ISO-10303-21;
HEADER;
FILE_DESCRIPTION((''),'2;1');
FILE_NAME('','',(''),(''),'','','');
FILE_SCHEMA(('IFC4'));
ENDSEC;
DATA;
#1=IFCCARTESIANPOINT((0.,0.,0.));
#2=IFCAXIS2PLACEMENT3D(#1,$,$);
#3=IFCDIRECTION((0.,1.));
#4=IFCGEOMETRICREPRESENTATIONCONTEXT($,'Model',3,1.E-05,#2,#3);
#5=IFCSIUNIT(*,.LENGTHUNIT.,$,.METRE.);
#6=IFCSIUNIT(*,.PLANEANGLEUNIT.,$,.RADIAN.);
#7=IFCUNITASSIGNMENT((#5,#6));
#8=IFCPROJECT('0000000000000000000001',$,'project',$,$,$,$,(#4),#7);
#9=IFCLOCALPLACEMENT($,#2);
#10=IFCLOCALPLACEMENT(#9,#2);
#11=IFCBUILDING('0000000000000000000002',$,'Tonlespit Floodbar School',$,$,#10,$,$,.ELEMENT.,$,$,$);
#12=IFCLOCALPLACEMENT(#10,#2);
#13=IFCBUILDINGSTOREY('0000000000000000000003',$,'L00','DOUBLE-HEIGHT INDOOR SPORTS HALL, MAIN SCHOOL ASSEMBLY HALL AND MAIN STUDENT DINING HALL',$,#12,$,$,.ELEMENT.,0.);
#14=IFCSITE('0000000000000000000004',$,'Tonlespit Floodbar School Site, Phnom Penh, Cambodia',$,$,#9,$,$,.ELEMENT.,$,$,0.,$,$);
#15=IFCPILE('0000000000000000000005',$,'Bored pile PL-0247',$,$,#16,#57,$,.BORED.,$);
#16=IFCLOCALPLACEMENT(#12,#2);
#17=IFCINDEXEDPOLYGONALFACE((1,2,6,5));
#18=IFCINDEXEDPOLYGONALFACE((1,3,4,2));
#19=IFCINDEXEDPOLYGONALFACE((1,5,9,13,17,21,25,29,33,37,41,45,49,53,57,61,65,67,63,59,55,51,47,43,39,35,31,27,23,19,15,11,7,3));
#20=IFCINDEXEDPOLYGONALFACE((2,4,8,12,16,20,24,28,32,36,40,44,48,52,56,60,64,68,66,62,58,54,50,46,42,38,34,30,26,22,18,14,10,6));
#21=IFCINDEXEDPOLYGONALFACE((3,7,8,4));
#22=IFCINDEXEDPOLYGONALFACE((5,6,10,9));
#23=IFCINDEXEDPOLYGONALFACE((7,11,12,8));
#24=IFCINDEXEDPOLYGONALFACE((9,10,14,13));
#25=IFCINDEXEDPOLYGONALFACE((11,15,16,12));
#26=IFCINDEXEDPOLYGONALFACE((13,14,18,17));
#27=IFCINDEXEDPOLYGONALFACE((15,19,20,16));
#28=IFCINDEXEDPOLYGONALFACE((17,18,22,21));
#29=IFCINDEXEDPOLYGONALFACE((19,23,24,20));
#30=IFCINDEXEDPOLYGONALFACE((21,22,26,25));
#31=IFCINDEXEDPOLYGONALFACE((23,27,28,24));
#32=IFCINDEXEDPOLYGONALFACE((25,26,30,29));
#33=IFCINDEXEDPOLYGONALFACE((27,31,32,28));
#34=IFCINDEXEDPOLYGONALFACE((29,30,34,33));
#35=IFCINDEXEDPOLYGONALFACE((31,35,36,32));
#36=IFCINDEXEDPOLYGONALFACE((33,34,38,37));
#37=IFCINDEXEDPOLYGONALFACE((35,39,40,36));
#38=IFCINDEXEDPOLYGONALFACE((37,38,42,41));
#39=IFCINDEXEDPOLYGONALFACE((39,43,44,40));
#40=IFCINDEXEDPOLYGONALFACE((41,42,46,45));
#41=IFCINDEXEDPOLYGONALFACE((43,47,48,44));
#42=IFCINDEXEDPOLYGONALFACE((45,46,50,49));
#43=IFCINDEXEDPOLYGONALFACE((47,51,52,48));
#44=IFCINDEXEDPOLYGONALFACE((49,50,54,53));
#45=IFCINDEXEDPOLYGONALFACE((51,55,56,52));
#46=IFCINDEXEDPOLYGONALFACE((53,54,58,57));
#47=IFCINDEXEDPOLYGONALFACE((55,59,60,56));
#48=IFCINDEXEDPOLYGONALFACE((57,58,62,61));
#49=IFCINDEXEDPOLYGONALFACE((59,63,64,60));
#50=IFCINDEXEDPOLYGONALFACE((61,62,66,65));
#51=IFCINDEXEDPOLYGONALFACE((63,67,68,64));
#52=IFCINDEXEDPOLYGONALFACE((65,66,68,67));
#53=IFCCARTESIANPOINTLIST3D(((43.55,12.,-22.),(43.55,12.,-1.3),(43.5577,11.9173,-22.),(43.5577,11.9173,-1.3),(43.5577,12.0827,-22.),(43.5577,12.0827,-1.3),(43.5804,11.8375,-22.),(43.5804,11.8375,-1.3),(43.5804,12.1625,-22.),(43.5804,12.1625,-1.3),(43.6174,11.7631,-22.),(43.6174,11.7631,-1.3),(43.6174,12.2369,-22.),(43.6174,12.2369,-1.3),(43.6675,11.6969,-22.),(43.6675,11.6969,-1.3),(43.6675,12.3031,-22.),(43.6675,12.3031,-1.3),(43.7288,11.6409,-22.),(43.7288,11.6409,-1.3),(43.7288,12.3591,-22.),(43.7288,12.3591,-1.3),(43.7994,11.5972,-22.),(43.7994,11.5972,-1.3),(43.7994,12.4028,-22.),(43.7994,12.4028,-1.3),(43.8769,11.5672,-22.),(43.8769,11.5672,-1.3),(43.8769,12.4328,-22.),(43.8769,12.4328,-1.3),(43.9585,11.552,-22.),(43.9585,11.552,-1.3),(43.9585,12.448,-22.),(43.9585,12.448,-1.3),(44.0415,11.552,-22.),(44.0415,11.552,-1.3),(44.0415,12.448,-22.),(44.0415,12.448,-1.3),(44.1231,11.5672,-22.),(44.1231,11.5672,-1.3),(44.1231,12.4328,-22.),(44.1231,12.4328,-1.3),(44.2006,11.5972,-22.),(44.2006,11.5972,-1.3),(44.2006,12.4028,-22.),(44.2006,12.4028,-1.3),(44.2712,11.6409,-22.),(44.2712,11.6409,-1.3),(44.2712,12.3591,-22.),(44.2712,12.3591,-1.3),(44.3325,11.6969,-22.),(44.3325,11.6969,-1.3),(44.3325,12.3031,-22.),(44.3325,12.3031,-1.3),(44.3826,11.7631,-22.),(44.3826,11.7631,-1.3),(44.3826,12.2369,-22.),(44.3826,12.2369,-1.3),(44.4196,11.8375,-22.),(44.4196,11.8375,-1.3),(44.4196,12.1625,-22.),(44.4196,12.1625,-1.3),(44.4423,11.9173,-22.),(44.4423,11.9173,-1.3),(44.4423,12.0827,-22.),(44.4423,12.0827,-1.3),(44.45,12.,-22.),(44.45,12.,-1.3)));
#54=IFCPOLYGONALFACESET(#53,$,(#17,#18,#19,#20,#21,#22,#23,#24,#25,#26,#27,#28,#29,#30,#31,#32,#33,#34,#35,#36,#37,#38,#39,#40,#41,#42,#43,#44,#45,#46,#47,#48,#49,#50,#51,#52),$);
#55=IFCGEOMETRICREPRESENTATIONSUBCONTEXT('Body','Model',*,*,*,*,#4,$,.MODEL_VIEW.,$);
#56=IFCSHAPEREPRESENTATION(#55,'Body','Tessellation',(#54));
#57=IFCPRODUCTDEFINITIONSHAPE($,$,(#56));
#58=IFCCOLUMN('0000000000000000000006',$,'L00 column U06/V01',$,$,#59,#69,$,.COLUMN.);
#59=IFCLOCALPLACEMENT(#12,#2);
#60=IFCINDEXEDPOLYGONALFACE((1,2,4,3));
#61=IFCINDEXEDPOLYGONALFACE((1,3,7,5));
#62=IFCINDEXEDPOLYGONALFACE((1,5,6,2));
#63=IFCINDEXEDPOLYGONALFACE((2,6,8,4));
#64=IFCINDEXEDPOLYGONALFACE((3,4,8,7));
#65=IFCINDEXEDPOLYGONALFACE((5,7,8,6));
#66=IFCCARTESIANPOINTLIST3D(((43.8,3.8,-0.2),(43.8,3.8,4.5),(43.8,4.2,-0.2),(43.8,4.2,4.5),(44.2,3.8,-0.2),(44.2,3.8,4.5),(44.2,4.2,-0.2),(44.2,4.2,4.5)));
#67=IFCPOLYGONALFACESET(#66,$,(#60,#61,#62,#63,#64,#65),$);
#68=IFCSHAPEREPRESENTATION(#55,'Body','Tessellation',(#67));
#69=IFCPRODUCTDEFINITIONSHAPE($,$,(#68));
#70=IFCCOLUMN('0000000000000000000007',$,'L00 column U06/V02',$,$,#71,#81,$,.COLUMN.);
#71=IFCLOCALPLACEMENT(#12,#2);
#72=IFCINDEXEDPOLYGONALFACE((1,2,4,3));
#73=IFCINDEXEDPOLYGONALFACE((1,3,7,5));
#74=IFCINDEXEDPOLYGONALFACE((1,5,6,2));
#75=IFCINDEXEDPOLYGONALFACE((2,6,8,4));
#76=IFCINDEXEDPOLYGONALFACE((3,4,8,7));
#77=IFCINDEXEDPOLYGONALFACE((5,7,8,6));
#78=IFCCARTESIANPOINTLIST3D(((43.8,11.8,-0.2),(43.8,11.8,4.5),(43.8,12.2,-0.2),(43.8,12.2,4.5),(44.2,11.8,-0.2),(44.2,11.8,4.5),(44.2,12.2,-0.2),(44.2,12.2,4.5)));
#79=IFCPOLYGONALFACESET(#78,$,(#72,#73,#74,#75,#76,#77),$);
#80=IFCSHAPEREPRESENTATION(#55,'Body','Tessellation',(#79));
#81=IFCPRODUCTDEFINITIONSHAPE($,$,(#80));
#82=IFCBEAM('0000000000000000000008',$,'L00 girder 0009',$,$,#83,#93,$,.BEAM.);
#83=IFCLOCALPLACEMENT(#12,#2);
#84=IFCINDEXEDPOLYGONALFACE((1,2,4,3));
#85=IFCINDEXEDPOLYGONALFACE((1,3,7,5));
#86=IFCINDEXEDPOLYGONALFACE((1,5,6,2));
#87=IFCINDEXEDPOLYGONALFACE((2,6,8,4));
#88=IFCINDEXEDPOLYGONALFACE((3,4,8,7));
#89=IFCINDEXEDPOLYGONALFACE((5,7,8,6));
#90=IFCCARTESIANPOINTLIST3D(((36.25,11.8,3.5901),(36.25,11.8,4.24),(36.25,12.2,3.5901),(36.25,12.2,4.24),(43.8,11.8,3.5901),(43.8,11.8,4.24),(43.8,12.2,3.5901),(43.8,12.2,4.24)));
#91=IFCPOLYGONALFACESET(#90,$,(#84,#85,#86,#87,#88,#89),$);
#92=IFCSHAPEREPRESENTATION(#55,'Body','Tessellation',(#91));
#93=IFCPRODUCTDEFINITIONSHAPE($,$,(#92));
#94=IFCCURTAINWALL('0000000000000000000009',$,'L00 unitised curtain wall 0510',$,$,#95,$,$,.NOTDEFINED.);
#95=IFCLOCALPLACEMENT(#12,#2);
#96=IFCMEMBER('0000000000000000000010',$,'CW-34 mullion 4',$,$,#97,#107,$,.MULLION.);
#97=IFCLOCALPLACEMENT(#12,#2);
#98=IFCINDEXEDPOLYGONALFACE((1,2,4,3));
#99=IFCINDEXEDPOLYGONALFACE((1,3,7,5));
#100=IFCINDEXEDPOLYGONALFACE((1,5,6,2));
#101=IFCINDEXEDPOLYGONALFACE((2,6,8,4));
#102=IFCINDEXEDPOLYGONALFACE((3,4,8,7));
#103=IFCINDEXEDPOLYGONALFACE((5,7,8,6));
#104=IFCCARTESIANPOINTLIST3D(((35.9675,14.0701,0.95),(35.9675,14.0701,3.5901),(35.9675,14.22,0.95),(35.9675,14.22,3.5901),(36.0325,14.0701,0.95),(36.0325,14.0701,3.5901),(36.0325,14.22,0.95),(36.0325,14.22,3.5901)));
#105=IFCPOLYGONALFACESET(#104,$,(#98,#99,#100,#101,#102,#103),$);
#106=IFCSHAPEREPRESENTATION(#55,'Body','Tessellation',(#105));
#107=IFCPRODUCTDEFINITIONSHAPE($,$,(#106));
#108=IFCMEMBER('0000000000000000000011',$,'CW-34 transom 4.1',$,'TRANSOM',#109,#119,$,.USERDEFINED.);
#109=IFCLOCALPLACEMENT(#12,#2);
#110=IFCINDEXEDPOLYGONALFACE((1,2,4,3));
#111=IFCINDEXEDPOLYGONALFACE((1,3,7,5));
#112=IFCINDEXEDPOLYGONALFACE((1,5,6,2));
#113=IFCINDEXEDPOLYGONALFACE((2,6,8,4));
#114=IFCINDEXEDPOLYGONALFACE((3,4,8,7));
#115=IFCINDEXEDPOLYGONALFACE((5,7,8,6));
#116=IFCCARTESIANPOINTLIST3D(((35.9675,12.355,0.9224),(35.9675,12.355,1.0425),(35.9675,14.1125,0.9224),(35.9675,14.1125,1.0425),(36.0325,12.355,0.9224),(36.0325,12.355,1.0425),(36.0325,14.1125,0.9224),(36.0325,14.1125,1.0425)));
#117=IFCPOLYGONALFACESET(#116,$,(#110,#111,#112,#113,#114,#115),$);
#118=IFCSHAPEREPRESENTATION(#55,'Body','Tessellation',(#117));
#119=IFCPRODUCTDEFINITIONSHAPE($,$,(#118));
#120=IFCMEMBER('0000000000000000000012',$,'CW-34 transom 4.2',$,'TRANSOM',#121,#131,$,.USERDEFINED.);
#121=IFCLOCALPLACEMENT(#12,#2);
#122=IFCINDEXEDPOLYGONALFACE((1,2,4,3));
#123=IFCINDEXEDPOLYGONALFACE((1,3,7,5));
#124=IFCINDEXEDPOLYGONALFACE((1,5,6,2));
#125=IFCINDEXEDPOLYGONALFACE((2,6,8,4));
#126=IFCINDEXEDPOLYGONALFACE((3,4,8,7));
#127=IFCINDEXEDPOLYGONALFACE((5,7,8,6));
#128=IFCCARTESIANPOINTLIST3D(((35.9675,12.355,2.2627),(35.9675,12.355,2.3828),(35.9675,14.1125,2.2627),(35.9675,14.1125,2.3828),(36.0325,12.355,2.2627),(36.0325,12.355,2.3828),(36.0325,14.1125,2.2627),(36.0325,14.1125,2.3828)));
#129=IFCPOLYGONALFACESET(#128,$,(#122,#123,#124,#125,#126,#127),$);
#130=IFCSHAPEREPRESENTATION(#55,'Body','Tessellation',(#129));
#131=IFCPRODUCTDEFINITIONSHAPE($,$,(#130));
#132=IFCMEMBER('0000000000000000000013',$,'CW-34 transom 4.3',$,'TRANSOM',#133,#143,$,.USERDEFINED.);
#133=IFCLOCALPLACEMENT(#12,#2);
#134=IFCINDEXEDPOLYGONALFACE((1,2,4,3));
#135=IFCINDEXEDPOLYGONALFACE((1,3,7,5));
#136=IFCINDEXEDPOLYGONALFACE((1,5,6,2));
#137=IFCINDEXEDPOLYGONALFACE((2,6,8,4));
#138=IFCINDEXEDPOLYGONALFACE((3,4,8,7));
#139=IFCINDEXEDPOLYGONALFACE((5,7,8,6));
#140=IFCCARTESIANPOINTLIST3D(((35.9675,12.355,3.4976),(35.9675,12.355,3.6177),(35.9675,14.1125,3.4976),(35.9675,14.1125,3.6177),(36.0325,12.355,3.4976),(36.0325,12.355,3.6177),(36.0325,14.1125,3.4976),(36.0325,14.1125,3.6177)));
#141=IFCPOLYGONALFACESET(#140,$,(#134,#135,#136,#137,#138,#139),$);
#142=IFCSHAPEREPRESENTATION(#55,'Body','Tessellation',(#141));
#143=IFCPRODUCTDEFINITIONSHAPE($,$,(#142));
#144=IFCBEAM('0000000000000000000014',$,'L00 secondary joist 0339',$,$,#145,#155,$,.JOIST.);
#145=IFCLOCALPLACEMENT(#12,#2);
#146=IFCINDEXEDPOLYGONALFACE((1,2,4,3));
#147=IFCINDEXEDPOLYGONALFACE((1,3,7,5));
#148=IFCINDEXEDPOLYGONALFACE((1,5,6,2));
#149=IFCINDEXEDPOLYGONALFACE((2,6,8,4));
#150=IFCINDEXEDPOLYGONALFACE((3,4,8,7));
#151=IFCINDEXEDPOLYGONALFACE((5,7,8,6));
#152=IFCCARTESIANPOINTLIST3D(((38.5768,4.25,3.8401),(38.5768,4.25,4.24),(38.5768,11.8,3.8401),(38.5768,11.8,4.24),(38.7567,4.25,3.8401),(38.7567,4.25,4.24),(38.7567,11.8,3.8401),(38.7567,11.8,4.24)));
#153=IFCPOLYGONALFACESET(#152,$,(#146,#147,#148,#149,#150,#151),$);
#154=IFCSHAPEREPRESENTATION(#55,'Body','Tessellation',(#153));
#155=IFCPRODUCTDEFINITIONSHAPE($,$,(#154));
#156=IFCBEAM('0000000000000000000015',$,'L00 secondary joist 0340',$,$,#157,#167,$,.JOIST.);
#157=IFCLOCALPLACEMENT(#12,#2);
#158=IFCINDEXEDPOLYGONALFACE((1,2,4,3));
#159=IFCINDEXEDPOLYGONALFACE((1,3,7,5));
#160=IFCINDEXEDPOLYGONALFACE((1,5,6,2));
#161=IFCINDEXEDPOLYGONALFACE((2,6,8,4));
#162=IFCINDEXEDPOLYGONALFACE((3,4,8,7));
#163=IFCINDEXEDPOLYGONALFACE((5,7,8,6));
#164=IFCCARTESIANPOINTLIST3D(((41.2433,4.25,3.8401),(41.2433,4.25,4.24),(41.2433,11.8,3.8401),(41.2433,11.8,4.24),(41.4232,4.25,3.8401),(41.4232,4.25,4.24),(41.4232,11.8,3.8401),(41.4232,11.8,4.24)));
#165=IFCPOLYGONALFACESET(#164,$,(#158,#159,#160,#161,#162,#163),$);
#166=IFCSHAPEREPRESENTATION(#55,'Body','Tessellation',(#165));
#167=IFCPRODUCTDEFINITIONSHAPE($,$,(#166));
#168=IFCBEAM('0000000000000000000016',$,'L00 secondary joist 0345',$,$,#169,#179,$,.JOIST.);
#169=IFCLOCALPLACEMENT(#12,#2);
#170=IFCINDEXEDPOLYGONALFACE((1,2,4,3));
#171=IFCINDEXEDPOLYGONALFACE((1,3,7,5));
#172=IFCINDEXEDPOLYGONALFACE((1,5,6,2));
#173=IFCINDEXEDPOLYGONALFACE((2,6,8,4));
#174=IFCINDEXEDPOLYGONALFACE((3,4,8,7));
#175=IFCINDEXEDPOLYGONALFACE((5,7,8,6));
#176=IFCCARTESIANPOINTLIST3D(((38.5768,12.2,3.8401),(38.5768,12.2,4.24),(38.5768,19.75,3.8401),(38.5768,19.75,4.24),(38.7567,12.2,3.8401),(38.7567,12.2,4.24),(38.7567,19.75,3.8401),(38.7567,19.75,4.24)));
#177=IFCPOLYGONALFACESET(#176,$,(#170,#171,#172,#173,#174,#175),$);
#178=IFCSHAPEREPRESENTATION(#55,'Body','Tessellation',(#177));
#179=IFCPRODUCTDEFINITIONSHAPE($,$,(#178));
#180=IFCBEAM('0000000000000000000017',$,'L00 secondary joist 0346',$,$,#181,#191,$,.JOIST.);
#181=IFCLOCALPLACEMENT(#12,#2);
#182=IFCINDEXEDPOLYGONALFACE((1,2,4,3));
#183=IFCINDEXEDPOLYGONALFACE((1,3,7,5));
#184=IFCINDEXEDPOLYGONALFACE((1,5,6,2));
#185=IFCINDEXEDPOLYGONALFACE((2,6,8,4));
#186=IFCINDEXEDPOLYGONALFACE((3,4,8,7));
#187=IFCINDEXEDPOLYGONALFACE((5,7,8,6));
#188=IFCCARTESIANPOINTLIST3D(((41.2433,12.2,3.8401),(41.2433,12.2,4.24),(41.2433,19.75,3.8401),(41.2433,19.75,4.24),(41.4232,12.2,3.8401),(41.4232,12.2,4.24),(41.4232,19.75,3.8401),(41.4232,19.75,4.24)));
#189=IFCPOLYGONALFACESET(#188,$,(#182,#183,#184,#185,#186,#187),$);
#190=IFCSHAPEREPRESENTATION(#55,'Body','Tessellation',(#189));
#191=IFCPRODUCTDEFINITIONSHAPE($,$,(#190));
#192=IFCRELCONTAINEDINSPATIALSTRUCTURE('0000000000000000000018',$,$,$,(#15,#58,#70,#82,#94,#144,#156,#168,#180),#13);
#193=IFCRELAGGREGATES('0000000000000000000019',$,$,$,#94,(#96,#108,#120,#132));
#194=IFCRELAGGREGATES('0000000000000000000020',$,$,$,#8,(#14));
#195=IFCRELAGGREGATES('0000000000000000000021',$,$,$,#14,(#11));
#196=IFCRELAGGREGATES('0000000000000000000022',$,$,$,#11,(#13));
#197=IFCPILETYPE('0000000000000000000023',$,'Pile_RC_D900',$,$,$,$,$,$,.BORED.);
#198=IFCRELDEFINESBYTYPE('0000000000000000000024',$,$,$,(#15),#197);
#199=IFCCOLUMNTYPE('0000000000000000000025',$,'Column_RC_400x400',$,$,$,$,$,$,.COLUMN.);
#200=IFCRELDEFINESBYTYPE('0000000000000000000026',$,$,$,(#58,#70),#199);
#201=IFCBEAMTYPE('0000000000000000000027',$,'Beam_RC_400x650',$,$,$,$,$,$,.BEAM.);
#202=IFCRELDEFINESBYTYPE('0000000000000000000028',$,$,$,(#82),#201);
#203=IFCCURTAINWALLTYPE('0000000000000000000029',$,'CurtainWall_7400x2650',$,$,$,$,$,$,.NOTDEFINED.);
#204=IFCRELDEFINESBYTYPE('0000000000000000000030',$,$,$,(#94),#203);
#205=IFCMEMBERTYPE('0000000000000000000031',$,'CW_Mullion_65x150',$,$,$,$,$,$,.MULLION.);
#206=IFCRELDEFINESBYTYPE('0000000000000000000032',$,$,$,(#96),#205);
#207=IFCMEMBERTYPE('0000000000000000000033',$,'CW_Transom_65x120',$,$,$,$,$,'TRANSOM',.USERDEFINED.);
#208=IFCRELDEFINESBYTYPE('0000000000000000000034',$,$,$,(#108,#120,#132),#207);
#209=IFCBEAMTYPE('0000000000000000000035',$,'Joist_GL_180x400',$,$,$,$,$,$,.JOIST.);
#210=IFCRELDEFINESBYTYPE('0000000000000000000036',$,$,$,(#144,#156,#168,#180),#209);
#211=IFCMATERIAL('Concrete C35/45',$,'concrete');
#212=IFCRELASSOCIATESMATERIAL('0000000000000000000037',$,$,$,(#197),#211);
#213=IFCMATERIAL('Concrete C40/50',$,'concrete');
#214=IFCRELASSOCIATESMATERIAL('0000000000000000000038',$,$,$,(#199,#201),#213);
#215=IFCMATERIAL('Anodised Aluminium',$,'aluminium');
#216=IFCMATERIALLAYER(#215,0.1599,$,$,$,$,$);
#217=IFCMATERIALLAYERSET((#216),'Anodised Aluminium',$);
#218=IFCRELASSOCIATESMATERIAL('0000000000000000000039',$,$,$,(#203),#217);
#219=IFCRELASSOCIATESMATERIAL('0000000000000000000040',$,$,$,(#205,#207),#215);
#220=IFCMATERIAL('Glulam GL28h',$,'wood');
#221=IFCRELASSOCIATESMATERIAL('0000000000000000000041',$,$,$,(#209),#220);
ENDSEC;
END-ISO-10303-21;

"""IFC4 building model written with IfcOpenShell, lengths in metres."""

from ifc_helpers import new_model, si_unit, direction, frame, origin, origin_2d, place, context, subcontext, project, spatial, rectangle, circle, extrude, material, layer, layer_set, material_profile, profile_set, type_object, element, aggregate, save


model = new_model("IFC4")

# Units and contexts
model_context = context("Model", 3, precision=1e-05, world=origin(), true_north=direction((0.0, 1.0)))
body_context = subcontext(model_context, "Body", "Model", "MODEL_VIEW")
ifc_project = project(units=[si_unit("LENGTHUNIT", "METRE"), si_unit("PLANEANGLEUNIT", "RADIAN")], contexts=[model_context])

# Site, building, storey
site_placement = place(None, origin())
site = spatial("IfcSite", under=ifc_project, at=site_placement, Name="Tonlespit Floodbar School Site, Phnom Penh, Cambodia", CompositionType="ELEMENT", RefElevation=0.0)
building_placement = place(site_placement, origin())
building = spatial("IfcBuilding", under=site, at=building_placement, Name="Tonlespit Floodbar School", CompositionType="ELEMENT")
storey_placement = place(building_placement, origin())
storey = spatial("IfcBuildingStorey", under=building, at=storey_placement, Name="L00", Description="DOUBLE-HEIGHT INDOOR SPORTS HALL, MAIN SCHOOL ASSEMBLY HALL AND MAIN STUDENT DINING HALL", CompositionType="ELEMENT", Elevation=0.0)

# Shared definitions
ifc_material_1 = material(Name="Concrete C40/50", Category="concrete")

# Pile
ifc_material_2 = material(Name="Concrete C35/45", Category="concrete")
ifc_material_profile_1 = material_profile(ifc_material_2, circle(Radius=0.45, at=origin_2d()), Name="BP D900")
ifc_profile_set_1 = profile_set([ifc_material_profile_1], Name="Concrete C35/45")
pile_type = type_object("IfcPileType", Name="Pile_RC_D900", PredefinedType="BORED", material=ifc_profile_set_1)
for number, where, z_axis, x_axis, name in (
    (1, (44.0, 12.0, -1.3), (0.0, 0.0, -1.0), (1.0, 0.0, 0.0), "Bored pile PL-0247"),
):
    element("IfcPile", number, at=place(storey_placement, frame(where, z_axis=z_axis, x_axis=x_axis)), inside=storey, type_object=pile_type, Name=name, PredefinedType="BORED", context=body_context, shape_type="SweptSolid", body=[
        extrude(circle(Radius=0.45, at=origin_2d()), origin(), (0.0, 0.0, 1.0), 20.7),
    ])

# Columns
ifc_material_profile_2 = material_profile(ifc_material_1, rectangle(XDim=0.3999, YDim=0.3999, at=origin_2d()), Name="RC 400x400")
ifc_profile_set_2 = profile_set([ifc_material_profile_2], Name="Concrete C40/50")
column_type = type_object("IfcColumnType", Name="Column_RC_400x400", PredefinedType="COLUMN", material=ifc_profile_set_2)
for number, where, z_axis, x_axis, name in (
    (2, (44.0, 4.0, -0.2), (0.0, 0.0, 1.0), (1.0, 0.0, 0.0), "L00 column U06/V01"),
    (3, (44.0, 12.0, -0.2), (0.0, 0.0, 1.0), (1.0, 0.0, 0.0), "L00 column U06/V02"),
):
    element("IfcColumn", number, at=place(storey_placement, frame(where, z_axis=z_axis, x_axis=x_axis)), inside=storey, type_object=column_type, Name=name, PredefinedType="COLUMN", context=body_context, shape_type="SweptSolid", body=[
        extrude(rectangle(XDim=0.3999, YDim=0.3999, at=origin_2d()), origin(), (0.0, 0.0, 1.0), 4.7),
    ])

# Beam
ifc_material_profile_3 = material_profile(ifc_material_1, rectangle(XDim=0.3999, YDim=0.6499, at=origin_2d()), Name="RC 400x650")
ifc_profile_set_3 = profile_set([ifc_material_profile_3], Name="Concrete C40/50")
beam_type_1 = type_object("IfcBeamType", Name="Beam_RC_400x650", PredefinedType="BEAM", material=ifc_profile_set_3)
beam_1_placement = place(storey_placement, frame((36.25, 12.0, 3.915), z_axis=(1.0, 0.0, 0.0), x_axis=(0.0, 1.0, 0.0)))
element("IfcBeam", 4, at=beam_1_placement, inside=storey, type_object=beam_type_1, Name="L00 girder 0009", PredefinedType="BEAM", context=body_context, shape_type="SweptSolid", body=[
    extrude(rectangle(XDim=0.3999, YDim=0.6499, at=origin_2d()), origin(), (0.0, 0.0, 1.0), 7.55),
])

# Curtain wall, members
ifc_material_3 = material(Name="Anodised Aluminium", Category="aluminium")
ifc_layer_1 = layer(ifc_material_3, 0.1599)
ifc_layer_set_1 = layer_set([ifc_layer_1], Name="Anodised Aluminium")
curtain_wall_type = type_object("IfcCurtainWallType", Name="CurtainWall_7400x2650", PredefinedType="NOTDEFINED", material=ifc_layer_set_1)
curtain_wall_placement = place(storey_placement, origin())
curtain_wall = element("IfcCurtainWall", 5, at=curtain_wall_placement, inside=storey, type_object=curtain_wall_type, Name="L00 unitised curtain wall 0510", PredefinedType="NOTDEFINED")
ifc_material_profile_4 = material_profile(ifc_material_3, rectangle(XDim=0.0649, YDim=0.1499, at=origin_2d()), Name="ALU M65x150")
ifc_profile_set_4 = profile_set([ifc_material_profile_4], Name="Anodised Aluminium")
member_type_1 = type_object("IfcMemberType", Name="CW_Mullion_65x150", PredefinedType="MULLION", material=ifc_profile_set_4)
member_1_placement = place(storey_placement, frame((36.0, 14.145, 0.95), z_axis=(0.0, 0.0, 1.0), x_axis=(1.0, 0.0, 0.0)))
member_1 = element("IfcMember", 6, at=member_1_placement, type_object=member_type_1, Name="CW-34 mullion 4", PredefinedType="MULLION", context=body_context, shape_type="SweptSolid", body=[
    extrude(rectangle(XDim=0.0649, YDim=0.1499, at=origin_2d()), origin(), (0.0, 0.0, 1.0), 2.6401),
])
ifc_material_profile_5 = material_profile(ifc_material_3, rectangle(XDim=0.0649, YDim=0.1201, at=origin_2d()), Name="ALU T65x120")
ifc_profile_set_5 = profile_set([ifc_material_profile_5], Name="Anodised Aluminium")
member_type_2 = type_object("IfcMemberType", Name="CW_Transom_65x120", ElementType="TRANSOM", PredefinedType="USERDEFINED", material=ifc_profile_set_5)
member_2_placement = place(storey_placement, frame((36.0, 14.1125, 0.9824), z_axis=(0.0, -1.0, 0.0), x_axis=(1.0, 0.0, 0.0)))
member_2 = element("IfcMember", 7, at=member_2_placement, type_object=member_type_2, Name="CW-34 transom 4.1", ObjectType="TRANSOM", PredefinedType="USERDEFINED", context=body_context, shape_type="SweptSolid", body=[
    extrude(rectangle(XDim=0.0649, YDim=0.1201, at=origin_2d()), origin(), (0.0, 0.0, 1.0), 1.7576),
])
member_3_placement = place(storey_placement, frame((36.0, 14.1125, 2.3228), z_axis=(0.0, -1.0, 0.0), x_axis=(1.0, 0.0, 0.0)))
member_3 = element("IfcMember", 8, at=member_3_placement, type_object=member_type_2, Name="CW-34 transom 4.2", ObjectType="TRANSOM", PredefinedType="USERDEFINED", context=body_context, shape_type="SweptSolid", body=[
    extrude(rectangle(XDim=0.0649, YDim=0.1201, at=origin_2d()), origin(), (0.0, 0.0, 1.0), 1.7576),
])
member_4_placement = place(storey_placement, frame((36.0, 14.1125, 3.5576), z_axis=(0.0, -1.0, 0.0), x_axis=(1.0, 0.0, 0.0)))
member_4 = element("IfcMember", 9, at=member_4_placement, type_object=member_type_2, Name="CW-34 transom 4.3", ObjectType="TRANSOM", PredefinedType="USERDEFINED", context=body_context, shape_type="SweptSolid", body=[
    extrude(rectangle(XDim=0.0649, YDim=0.1201, at=origin_2d()), origin(), (0.0, 0.0, 1.0), 1.7576),
])

# Beams
ifc_material_4 = material(Name="Glulam GL28h", Category="wood")
ifc_material_profile_6 = material_profile(ifc_material_4, rectangle(XDim=0.1799, YDim=0.3999, at=origin_2d()), Name="GL 180x400")
ifc_profile_set_6 = profile_set([ifc_material_profile_6], Name="Glulam GL28h")
beam_type_2 = type_object("IfcBeamType", Name="Joist_GL_180x400", PredefinedType="JOIST", material=ifc_profile_set_6)
for number, where, z_axis, x_axis, name in (
    (10, (38.6667, 4.25, 4.04), (0.0, 1.0, 0.0), (-1.0, 0.0, 0.0), "L00 secondary joist 0339"),
    (11, (41.3333, 4.25, 4.04), (0.0, 1.0, 0.0), (-1.0, 0.0, 0.0), "L00 secondary joist 0340"),
    (12, (38.6667, 12.2, 4.04), (0.0, 1.0, 0.0), (-1.0, 0.0, 0.0), "L00 secondary joist 0345"),
    (13, (41.3333, 12.2, 4.04), (0.0, 1.0, 0.0), (-1.0, 0.0, 0.0), "L00 secondary joist 0346"),
):
    element("IfcBeam", number, at=place(storey_placement, frame(where, z_axis=z_axis, x_axis=x_axis)), inside=storey, type_object=beam_type_2, Name=name, PredefinedType="JOIST", context=body_context, shape_type="SweptSolid", body=[
        extrude(rectangle(XDim=0.1799, YDim=0.3999, at=origin_2d()), origin(), (0.0, 0.0, 1.0), 7.55),
    ])

aggregate(curtain_wall, [member_1, member_2, member_3, member_4])

save(model, "model.ifc")
